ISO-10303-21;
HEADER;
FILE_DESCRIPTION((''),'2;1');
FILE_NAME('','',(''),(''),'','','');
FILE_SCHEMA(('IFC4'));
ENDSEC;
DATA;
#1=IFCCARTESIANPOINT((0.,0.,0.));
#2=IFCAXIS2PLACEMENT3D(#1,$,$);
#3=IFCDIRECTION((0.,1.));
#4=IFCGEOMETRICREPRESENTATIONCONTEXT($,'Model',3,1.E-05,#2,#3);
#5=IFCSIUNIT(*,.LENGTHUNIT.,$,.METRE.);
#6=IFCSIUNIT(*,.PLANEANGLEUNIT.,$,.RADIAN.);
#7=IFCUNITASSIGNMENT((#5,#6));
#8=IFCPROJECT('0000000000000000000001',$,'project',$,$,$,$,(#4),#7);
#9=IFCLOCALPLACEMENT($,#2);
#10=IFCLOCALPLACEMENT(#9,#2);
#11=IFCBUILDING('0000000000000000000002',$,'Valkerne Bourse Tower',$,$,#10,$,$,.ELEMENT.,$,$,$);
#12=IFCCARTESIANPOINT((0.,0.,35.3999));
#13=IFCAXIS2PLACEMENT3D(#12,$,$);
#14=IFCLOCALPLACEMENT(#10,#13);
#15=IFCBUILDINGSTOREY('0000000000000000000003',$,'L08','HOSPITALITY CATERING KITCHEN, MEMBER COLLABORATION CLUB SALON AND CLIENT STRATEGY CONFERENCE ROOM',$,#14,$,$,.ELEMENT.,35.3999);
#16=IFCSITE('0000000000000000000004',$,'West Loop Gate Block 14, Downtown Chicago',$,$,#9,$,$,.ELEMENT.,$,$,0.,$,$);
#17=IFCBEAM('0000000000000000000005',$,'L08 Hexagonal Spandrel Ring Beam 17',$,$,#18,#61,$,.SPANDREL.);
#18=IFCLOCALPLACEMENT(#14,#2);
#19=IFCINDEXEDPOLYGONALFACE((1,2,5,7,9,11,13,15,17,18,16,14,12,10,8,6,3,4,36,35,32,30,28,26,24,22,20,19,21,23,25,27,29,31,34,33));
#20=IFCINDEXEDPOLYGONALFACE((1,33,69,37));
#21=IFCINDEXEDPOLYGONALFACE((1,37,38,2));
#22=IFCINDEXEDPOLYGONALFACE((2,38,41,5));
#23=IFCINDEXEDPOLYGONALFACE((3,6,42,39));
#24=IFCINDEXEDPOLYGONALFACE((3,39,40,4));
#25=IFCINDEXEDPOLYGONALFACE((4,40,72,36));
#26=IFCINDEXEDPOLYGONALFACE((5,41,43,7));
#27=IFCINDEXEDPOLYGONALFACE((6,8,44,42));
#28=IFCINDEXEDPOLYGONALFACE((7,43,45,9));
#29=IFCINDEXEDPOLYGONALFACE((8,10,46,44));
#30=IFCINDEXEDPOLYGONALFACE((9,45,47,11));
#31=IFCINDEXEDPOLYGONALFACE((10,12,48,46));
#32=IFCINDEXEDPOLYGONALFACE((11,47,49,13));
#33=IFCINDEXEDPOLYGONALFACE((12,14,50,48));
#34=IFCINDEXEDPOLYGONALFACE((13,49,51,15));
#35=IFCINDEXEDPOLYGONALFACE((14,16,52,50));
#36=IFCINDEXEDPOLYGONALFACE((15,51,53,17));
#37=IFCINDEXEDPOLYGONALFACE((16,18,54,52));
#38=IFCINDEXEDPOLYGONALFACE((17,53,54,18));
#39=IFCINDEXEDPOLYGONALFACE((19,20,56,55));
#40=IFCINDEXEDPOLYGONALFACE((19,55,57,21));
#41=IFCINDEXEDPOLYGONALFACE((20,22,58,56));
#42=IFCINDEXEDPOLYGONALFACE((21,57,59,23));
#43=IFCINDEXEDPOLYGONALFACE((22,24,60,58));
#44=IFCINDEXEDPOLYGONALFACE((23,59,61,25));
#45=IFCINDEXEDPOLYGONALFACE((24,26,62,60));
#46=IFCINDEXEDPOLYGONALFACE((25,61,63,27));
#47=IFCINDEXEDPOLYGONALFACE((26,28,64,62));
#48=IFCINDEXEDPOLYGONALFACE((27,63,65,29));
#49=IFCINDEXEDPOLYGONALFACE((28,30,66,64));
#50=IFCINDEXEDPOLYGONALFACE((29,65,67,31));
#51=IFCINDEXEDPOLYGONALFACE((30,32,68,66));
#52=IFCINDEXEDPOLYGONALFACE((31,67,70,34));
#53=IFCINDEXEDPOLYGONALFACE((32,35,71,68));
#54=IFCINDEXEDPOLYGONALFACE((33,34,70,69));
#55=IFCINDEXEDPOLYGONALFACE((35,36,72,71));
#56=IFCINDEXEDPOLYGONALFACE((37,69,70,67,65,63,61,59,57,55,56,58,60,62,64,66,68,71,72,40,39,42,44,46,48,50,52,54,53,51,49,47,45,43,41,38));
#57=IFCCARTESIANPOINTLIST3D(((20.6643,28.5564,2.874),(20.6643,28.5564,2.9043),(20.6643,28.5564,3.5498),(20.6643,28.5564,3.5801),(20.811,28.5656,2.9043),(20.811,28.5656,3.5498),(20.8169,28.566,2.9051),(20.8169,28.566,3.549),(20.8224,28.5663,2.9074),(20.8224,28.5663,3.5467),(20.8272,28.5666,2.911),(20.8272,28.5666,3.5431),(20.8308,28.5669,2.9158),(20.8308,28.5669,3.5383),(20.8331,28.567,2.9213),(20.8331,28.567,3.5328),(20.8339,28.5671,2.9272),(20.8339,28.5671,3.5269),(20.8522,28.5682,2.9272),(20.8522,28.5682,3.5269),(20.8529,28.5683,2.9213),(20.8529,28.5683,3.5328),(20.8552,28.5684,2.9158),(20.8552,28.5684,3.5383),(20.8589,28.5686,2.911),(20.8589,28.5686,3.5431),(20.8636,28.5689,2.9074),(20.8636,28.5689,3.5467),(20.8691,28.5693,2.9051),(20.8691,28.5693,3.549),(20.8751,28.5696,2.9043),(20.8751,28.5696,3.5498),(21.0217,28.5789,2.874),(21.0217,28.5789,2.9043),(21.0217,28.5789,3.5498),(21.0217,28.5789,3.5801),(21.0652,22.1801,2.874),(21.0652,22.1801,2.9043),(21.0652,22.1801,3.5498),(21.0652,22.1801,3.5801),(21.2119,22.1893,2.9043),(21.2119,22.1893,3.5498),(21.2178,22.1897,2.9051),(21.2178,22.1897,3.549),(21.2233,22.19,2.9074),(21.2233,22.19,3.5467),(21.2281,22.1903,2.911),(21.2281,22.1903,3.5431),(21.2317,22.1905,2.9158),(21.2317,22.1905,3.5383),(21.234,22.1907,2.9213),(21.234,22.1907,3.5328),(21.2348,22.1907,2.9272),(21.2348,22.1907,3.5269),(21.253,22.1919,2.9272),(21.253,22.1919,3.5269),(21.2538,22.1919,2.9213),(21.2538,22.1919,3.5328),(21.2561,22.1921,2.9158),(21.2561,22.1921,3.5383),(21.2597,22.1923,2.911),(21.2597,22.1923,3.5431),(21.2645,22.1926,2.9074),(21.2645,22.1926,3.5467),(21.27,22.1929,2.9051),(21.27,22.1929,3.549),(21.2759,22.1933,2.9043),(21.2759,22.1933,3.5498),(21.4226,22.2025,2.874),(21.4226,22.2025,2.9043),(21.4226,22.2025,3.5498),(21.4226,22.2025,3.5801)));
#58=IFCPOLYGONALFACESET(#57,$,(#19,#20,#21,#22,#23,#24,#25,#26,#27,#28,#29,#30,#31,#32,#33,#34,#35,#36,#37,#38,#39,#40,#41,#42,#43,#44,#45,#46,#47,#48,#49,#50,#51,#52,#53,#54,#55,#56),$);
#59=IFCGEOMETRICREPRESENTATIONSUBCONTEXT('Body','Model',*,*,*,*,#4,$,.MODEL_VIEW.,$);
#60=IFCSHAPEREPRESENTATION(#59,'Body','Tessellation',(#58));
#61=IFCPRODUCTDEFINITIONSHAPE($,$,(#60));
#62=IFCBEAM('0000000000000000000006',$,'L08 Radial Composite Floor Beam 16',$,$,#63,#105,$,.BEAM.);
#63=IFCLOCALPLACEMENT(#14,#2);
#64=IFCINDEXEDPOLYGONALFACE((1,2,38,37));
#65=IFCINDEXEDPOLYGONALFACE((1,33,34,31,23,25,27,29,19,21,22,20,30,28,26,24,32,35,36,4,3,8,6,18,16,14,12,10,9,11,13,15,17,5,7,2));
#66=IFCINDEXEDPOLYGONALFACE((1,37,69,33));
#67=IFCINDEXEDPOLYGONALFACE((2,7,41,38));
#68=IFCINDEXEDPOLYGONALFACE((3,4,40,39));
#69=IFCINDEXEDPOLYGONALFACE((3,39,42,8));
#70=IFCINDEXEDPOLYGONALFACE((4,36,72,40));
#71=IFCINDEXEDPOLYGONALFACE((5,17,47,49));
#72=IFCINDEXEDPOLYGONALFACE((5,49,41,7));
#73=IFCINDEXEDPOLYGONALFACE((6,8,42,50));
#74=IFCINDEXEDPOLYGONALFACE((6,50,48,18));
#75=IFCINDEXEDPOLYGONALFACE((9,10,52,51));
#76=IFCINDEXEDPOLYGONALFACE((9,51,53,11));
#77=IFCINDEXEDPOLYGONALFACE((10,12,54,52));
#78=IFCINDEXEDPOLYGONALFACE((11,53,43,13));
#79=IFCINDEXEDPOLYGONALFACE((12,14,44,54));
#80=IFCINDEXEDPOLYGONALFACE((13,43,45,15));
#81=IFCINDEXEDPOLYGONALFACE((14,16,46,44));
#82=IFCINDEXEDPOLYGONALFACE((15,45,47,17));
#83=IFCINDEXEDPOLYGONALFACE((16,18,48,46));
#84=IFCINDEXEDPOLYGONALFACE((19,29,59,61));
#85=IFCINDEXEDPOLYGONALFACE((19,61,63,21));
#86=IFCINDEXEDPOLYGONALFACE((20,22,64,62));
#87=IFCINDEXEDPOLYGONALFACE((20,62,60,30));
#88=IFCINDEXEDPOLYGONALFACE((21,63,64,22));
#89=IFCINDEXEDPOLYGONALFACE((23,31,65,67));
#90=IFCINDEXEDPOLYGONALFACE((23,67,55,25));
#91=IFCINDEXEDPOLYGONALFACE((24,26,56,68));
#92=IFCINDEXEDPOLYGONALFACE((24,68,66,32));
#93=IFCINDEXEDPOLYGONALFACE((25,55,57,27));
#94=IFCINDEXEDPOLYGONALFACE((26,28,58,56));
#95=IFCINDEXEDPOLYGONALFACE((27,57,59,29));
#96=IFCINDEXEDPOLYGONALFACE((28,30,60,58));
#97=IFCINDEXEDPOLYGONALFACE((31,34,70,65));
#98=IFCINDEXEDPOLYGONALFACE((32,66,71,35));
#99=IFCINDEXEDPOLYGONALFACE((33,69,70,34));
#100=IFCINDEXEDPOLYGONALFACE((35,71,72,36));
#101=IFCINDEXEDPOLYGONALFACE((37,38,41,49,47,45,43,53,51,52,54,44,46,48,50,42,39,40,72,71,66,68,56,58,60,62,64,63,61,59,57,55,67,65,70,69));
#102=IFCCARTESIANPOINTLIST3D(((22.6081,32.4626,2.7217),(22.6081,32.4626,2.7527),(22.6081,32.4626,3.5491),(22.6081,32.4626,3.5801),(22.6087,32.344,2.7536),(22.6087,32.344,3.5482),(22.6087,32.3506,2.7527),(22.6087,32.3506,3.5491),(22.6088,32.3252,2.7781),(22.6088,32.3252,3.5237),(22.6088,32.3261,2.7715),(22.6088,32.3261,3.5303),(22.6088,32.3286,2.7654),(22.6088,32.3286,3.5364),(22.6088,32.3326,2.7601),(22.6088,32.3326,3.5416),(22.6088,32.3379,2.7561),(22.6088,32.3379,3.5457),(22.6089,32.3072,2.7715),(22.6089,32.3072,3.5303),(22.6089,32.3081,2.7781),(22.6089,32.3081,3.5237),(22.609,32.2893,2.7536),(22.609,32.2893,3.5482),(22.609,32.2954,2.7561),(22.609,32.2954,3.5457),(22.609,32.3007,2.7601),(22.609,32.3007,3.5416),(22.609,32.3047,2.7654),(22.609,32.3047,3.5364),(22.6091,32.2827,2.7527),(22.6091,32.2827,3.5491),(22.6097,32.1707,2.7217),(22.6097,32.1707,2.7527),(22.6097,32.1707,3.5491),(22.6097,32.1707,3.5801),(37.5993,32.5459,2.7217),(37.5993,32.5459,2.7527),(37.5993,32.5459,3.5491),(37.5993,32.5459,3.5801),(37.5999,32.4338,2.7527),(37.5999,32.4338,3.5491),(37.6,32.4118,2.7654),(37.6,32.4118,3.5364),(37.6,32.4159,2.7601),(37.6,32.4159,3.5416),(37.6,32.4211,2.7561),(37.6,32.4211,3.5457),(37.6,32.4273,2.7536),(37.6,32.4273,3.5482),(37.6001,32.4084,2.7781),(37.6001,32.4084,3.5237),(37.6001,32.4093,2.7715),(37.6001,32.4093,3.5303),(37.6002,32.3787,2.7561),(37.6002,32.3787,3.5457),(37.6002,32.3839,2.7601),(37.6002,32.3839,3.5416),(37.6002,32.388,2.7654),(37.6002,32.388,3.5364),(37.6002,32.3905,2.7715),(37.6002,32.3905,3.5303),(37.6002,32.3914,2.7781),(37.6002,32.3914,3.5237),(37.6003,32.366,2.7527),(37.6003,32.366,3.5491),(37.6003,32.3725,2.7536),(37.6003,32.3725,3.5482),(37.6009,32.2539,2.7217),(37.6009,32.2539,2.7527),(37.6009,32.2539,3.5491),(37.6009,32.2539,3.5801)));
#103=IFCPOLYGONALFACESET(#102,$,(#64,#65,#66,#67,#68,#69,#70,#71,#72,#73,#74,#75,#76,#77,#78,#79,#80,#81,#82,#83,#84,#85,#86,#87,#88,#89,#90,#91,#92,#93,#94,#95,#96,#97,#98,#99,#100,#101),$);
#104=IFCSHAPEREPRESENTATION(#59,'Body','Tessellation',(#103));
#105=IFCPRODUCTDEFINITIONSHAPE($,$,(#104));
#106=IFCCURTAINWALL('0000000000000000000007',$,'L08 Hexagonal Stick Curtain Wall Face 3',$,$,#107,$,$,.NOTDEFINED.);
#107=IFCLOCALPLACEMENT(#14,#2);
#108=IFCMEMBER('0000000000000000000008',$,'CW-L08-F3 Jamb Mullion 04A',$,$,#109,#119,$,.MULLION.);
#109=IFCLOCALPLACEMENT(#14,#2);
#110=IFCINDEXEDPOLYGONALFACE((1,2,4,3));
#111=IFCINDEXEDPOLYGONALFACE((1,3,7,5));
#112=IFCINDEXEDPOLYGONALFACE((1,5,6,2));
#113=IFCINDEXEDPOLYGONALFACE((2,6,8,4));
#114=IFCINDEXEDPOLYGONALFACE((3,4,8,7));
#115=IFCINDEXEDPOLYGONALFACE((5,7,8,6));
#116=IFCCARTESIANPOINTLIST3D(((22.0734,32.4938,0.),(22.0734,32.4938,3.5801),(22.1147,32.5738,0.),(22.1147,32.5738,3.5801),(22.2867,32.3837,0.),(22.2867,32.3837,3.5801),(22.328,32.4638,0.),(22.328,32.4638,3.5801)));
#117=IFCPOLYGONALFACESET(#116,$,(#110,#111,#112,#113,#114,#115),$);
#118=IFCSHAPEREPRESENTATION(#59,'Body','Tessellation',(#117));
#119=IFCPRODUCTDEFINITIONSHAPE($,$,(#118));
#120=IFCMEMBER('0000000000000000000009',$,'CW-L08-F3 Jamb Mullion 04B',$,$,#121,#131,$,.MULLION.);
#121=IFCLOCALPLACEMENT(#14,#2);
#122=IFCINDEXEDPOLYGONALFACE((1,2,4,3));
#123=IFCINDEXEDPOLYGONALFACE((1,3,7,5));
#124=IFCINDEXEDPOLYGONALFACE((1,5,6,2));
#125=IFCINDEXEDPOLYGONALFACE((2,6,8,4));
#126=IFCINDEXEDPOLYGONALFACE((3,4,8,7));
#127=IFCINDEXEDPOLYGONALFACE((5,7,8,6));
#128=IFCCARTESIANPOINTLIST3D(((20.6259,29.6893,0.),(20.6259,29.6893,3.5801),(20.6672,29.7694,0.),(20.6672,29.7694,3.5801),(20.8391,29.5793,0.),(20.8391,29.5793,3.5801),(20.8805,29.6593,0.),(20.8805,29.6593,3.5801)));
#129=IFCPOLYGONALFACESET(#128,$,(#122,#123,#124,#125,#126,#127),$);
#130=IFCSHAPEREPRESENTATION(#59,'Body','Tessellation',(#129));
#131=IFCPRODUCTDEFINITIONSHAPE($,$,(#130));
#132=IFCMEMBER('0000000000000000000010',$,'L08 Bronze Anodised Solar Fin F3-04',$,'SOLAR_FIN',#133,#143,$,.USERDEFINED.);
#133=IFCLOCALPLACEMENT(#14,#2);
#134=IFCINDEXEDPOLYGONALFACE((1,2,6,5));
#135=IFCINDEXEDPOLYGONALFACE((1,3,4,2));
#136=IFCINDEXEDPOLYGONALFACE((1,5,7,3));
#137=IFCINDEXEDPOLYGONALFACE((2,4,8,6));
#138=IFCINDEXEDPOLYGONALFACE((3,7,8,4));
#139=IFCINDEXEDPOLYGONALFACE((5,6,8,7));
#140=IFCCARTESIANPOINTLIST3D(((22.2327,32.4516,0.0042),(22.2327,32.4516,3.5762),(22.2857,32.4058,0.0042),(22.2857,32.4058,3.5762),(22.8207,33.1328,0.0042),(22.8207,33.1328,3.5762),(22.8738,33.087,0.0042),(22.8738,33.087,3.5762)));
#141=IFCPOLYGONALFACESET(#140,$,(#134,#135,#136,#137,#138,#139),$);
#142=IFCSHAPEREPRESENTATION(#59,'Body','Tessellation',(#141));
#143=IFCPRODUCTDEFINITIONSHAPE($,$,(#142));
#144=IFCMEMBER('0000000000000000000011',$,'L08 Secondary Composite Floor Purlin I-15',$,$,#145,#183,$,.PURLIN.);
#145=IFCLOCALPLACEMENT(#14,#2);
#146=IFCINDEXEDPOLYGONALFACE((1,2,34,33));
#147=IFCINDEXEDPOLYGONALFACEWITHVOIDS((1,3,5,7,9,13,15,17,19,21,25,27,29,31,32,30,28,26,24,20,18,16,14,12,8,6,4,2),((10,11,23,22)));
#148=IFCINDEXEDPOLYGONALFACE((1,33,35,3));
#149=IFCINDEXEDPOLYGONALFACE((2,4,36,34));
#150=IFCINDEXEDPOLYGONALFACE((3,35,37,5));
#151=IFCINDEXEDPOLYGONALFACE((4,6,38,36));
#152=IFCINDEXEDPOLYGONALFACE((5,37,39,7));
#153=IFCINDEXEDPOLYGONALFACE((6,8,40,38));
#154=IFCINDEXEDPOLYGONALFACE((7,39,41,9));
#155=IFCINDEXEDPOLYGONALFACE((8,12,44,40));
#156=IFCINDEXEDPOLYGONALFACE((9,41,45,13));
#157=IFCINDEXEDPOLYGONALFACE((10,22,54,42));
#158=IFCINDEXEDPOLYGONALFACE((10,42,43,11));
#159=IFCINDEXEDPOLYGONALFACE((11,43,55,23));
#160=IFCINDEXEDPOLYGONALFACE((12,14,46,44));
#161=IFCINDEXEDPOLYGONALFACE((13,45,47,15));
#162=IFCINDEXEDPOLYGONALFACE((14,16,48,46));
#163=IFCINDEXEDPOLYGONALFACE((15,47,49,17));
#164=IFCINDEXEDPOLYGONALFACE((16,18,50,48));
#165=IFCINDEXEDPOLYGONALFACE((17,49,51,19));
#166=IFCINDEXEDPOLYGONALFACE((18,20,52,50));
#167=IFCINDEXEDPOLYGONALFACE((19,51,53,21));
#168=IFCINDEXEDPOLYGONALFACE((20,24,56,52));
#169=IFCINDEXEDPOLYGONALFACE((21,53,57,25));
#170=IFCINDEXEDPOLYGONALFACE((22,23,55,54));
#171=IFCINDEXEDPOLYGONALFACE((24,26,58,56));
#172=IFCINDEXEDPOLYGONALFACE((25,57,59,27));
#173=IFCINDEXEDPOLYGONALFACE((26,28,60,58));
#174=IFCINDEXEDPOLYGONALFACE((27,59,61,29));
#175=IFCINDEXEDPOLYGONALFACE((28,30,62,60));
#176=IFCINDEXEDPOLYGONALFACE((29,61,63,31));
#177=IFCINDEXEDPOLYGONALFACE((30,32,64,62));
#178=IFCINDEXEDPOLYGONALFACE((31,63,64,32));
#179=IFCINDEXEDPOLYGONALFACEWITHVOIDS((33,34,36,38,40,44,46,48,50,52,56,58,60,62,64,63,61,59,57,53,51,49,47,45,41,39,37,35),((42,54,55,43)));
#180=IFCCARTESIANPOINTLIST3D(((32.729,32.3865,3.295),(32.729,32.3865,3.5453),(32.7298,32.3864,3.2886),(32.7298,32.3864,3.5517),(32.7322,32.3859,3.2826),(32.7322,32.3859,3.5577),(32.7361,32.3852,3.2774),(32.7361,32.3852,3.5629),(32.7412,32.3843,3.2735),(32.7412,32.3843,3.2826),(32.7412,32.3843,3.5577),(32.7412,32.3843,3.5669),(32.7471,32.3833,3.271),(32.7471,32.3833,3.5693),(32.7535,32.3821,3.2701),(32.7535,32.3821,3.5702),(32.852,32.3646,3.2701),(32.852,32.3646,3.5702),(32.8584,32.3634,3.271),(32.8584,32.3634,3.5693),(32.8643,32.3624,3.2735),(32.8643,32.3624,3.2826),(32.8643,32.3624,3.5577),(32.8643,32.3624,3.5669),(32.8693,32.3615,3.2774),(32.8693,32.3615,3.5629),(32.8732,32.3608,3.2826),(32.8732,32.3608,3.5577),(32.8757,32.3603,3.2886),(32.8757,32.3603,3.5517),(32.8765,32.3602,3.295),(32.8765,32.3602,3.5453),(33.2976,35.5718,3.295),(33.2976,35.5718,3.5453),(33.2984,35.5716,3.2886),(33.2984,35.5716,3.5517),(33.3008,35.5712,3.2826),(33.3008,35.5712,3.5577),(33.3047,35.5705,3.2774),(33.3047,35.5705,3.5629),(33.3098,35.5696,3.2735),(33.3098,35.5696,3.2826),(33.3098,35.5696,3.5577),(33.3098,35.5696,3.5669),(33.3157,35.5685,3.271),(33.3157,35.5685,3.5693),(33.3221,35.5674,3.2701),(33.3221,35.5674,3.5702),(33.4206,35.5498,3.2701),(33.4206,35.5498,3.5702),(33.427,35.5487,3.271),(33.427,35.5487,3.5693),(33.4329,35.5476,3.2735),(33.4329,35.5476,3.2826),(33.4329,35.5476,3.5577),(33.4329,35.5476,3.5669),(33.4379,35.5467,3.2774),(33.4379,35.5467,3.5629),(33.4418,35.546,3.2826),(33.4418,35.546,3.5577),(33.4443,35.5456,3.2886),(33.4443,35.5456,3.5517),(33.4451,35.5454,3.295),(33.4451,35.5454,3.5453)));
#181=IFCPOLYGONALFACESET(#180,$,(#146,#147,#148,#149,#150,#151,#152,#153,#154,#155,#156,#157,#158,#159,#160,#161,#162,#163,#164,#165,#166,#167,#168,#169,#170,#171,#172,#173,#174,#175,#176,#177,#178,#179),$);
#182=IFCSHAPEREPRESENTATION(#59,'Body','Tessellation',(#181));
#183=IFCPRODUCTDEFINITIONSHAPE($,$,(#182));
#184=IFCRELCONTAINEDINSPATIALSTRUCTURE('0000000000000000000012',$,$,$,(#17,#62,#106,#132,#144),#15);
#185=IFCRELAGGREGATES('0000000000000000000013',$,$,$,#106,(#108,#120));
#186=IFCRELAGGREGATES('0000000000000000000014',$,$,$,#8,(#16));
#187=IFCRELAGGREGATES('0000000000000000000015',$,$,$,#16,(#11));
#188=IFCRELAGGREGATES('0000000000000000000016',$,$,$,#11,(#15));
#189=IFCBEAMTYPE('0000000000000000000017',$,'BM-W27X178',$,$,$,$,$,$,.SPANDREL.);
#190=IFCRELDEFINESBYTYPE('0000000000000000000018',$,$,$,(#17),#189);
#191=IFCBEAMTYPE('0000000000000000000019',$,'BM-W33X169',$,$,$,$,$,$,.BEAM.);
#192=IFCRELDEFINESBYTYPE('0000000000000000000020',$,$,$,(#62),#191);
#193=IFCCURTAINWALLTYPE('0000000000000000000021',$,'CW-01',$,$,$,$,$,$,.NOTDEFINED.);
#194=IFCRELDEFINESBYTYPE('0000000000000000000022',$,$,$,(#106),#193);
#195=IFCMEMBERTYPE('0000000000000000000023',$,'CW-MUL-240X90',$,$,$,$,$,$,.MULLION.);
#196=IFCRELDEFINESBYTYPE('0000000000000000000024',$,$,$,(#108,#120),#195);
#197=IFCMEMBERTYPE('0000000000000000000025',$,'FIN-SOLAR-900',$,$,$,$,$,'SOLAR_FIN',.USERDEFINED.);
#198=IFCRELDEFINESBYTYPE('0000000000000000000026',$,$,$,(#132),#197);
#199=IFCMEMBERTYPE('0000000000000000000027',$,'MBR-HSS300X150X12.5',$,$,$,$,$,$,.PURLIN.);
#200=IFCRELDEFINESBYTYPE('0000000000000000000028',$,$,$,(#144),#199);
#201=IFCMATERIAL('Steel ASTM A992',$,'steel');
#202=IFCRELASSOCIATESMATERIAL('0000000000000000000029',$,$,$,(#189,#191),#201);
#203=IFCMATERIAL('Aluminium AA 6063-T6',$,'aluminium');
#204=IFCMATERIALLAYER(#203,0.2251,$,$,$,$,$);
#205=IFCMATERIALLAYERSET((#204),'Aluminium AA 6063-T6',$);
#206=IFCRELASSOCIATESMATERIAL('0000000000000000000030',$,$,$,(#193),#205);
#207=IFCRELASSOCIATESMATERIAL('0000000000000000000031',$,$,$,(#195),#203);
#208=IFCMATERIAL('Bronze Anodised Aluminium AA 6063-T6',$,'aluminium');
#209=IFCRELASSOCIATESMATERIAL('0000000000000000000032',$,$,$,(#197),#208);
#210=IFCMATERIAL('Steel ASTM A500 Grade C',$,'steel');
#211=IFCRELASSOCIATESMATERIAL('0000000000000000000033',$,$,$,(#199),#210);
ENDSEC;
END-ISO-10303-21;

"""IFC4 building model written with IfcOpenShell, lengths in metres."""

from ifc_helpers import new_model, si_unit, direction, frame, origin, origin_2d, place, context, subcontext, project, spatial, rectangle, hollow_rectangle, i_section, extrude, material, layer, layer_set, material_profile, profile_set, type_object, element, aggregate, save


model = new_model("IFC4")

# Units and contexts
model_context = context("Model", 3, precision=1e-05, world=origin(), true_north=direction((0.0, 1.0)))
body_context = subcontext(model_context, "Body", "Model", "MODEL_VIEW")
ifc_project = project(units=[si_unit("LENGTHUNIT", "METRE"), si_unit("PLANEANGLEUNIT", "RADIAN")], contexts=[model_context])

# Site, building, storey
site_placement = place(None, origin())
site = spatial("IfcSite", under=ifc_project, at=site_placement, Name="West Loop Gate Block 14, Downtown Chicago", CompositionType="ELEMENT", RefElevation=0.0)
building_placement = place(site_placement, origin())
building = spatial("IfcBuilding", under=site, at=building_placement, Name="Valkerne Bourse Tower", CompositionType="ELEMENT")
storey_placement = place(building_placement, frame((0.0, 0.0, 35.3999)))
storey = spatial("IfcBuildingStorey", under=building, at=storey_placement, Name="L08", Description="HOSPITALITY CATERING KITCHEN, MEMBER COLLABORATION CLUB SALON AND CLIENT STRATEGY CONFERENCE ROOM", CompositionType="ELEMENT", Elevation=35.3999)

# Beams
ifc_material_1 = material(Name="Steel ASTM A992", Category="steel")
ifc_material_profile_1 = material_profile(ifc_material_1, i_section(OverallWidth=0.3582, OverallDepth=0.7061, WebThickness=0.0183, FlangeThickness=0.0303, FilletRadius=0.0229, at=origin_2d()), Name="W27X178")
ifc_profile_set_1 = profile_set([ifc_material_profile_1], Name="Steel ASTM A992")
beam_type_1 = type_object("IfcBeamType", Name="BM-W27X178", PredefinedType="SPANDREL", material=ifc_profile_set_1)
beam_1_placement = place(storey_placement, frame((20.843, 28.5676, 3.2271), z_axis=(0.062747, -0.998029, 0.0), x_axis=(0.998029, 0.062747, 0.0)))
element("IfcBeam", 1, at=beam_1_placement, inside=storey, type_object=beam_type_1, Name="L08 Hexagonal Spandrel Ring Beam 17", PredefinedType="SPANDREL", context=body_context, shape_type="SweptSolid", body=[
    extrude(i_section(OverallWidth=0.3582, OverallDepth=0.7061, WebThickness=0.0183, FlangeThickness=0.0303, FilletRadius=0.0229, at=origin_2d()), origin(), (0.0, 0.0, 1.0), 6.3889),
])
ifc_material_profile_2 = material_profile(ifc_material_1, i_section(OverallWidth=0.292, OverallDepth=0.8584, WebThickness=0.0171, FlangeThickness=0.031, FilletRadius=0.0254, at=origin_2d()), Name="W33X169")
ifc_profile_set_2 = profile_set([ifc_material_profile_2], Name="Steel ASTM A992")
beam_type_2 = type_object("IfcBeamType", Name="BM-W33X169", PredefinedType="BEAM", material=ifc_profile_set_2)
beam_2_placement = place(storey_placement, frame((22.6089, 32.3167, 3.1509), z_axis=(0.999985, 0.005553, 0.0), x_axis=(-0.005553, 0.999985, 0.0)))
element("IfcBeam", 2, at=beam_2_placement, inside=storey, type_object=beam_type_2, Name="L08 Radial Composite Floor Beam 16", PredefinedType="BEAM", context=body_context, shape_type="SweptSolid", body=[
    extrude(i_section(OverallWidth=0.292, OverallDepth=0.8584, WebThickness=0.0171, FlangeThickness=0.031, FilletRadius=0.0254, at=origin_2d()), origin(), (0.0, 0.0, 1.0), 14.9915),
])

# Curtain wall, members
ifc_material_2 = material(Name="Aluminium AA 6063-T6", Category="aluminium")
ifc_layer_1 = layer(ifc_material_2, 0.2251)
ifc_layer_set_1 = layer_set([ifc_layer_1], Name="Aluminium AA 6063-T6")
curtain_wall_type = type_object("IfcCurtainWallType", Name="CW-01", PredefinedType="NOTDEFINED", material=ifc_layer_set_1)
curtain_wall_placement = place(storey_placement, origin())
curtain_wall = element("IfcCurtainWall", 3, at=curtain_wall_placement, inside=storey, type_object=curtain_wall_type, Name="L08 Hexagonal Stick Curtain Wall Face 3", PredefinedType="NOTDEFINED")
ifc_material_profile_3 = material_profile(ifc_material_2, rectangle(XDim=0.0901, YDim=0.24, at=origin_2d()), Name="CWM-90X240")
ifc_profile_set_3 = profile_set([ifc_material_profile_3], Name="Aluminium AA 6063-T6")
member_type_1 = type_object("IfcMemberType", Name="CW-MUL-240X90", PredefinedType="MULLION", material=ifc_profile_set_3)
member_1_placement = place(storey_placement, frame((22.2007, 32.4788, 0.0), z_axis=(0.0, 0.0, 1.0), x_axis=(-0.458638, -0.888623, 0.0)))
member_1 = element("IfcMember", 4, at=member_1_placement, type_object=member_type_1, Name="CW-L08-F3 Jamb Mullion 04A", PredefinedType="MULLION", context=body_context, shape_type="SweptSolid", body=[
    extrude(rectangle(XDim=0.0901, YDim=0.24, at=origin_2d()), origin(), (0.0, 0.0, 1.0), 3.5801),
])
member_2_placement = place(storey_placement, frame((20.7532, 29.6743, 0.0), z_axis=(0.0, 0.0, 1.0), x_axis=(-0.458638, -0.888623, 0.0)))
member_2 = element("IfcMember", 5, at=member_2_placement, type_object=member_type_1, Name="CW-L08-F3 Jamb Mullion 04B", PredefinedType="MULLION", context=body_context, shape_type="SweptSolid", body=[
    extrude(rectangle(XDim=0.0901, YDim=0.24, at=origin_2d()), origin(), (0.0, 0.0, 1.0), 3.5801),
])

# Members
ifc_material_3 = material(Name="Bronze Anodised Aluminium AA 6063-T6", Category="aluminium")
ifc_material_profile_4 = material_profile(ifc_material_3, rectangle(XDim=0.0701, YDim=0.8999, at=origin_2d()), Name="FIN-70X900")
ifc_profile_set_4 = profile_set([ifc_material_profile_4], Name="Bronze Anodised Aluminium AA 6063-T6")
member_type_2 = type_object("IfcMemberType", Name="FIN-SOLAR-900", ElementType="SOLAR_FIN", PredefinedType="USERDEFINED", material=ifc_profile_set_4)
member_3_placement = place(storey_placement, frame((22.5532, 32.7693, 0.0042), z_axis=(0.0, 0.0, 1.0), x_axis=(-0.756959, 0.653462, 0.0)))
element("IfcMember", 6, at=member_3_placement, inside=storey, type_object=member_type_2, Name="L08 Bronze Anodised Solar Fin F3-04", ObjectType="SOLAR_FIN", PredefinedType="USERDEFINED", context=body_context, shape_type="SweptSolid", body=[
    extrude(rectangle(XDim=0.0701, YDim=0.8999, at=origin_2d()), origin(), (0.0, 0.0, 1.0), 3.572),
])
ifc_material_4 = material(Name="Steel ASTM A500 Grade C", Category="steel")
ifc_material_profile_5 = material_profile(ifc_material_4, hollow_rectangle(XDim=0.1499, YDim=0.3, WallThickness=0.0125, OuterFilletRadius=0.0249, at=origin_2d()), Name="HSS300X150X12.5")
ifc_profile_set_5 = profile_set([ifc_material_profile_5], Name="Steel ASTM A500 Grade C")
member_type_3 = type_object("IfcMemberType", Name="MBR-HSS300X150X12.5", PredefinedType="PURLIN", material=ifc_profile_set_5)
member_4_placement = place(storey_placement, frame((33.3713, 35.5586, 3.4202), z_axis=(-0.175731, -0.984438, 0.0), x_axis=(0.984438, -0.175731, 0.0)))
element("IfcMember", 7, at=member_4_placement, inside=storey, type_object=member_type_3, Name="L08 Secondary Composite Floor Purlin I-15", PredefinedType="PURLIN", context=body_context, shape_type="SweptSolid", body=[
    extrude(hollow_rectangle(XDim=0.1499, YDim=0.3, WallThickness=0.0125, OuterFilletRadius=0.0249, at=origin_2d()), origin(), (0.0, 0.0, 1.0), 3.2356),
])

aggregate(curtain_wall, [member_1, member_2])

save(model, "model.ifc")
